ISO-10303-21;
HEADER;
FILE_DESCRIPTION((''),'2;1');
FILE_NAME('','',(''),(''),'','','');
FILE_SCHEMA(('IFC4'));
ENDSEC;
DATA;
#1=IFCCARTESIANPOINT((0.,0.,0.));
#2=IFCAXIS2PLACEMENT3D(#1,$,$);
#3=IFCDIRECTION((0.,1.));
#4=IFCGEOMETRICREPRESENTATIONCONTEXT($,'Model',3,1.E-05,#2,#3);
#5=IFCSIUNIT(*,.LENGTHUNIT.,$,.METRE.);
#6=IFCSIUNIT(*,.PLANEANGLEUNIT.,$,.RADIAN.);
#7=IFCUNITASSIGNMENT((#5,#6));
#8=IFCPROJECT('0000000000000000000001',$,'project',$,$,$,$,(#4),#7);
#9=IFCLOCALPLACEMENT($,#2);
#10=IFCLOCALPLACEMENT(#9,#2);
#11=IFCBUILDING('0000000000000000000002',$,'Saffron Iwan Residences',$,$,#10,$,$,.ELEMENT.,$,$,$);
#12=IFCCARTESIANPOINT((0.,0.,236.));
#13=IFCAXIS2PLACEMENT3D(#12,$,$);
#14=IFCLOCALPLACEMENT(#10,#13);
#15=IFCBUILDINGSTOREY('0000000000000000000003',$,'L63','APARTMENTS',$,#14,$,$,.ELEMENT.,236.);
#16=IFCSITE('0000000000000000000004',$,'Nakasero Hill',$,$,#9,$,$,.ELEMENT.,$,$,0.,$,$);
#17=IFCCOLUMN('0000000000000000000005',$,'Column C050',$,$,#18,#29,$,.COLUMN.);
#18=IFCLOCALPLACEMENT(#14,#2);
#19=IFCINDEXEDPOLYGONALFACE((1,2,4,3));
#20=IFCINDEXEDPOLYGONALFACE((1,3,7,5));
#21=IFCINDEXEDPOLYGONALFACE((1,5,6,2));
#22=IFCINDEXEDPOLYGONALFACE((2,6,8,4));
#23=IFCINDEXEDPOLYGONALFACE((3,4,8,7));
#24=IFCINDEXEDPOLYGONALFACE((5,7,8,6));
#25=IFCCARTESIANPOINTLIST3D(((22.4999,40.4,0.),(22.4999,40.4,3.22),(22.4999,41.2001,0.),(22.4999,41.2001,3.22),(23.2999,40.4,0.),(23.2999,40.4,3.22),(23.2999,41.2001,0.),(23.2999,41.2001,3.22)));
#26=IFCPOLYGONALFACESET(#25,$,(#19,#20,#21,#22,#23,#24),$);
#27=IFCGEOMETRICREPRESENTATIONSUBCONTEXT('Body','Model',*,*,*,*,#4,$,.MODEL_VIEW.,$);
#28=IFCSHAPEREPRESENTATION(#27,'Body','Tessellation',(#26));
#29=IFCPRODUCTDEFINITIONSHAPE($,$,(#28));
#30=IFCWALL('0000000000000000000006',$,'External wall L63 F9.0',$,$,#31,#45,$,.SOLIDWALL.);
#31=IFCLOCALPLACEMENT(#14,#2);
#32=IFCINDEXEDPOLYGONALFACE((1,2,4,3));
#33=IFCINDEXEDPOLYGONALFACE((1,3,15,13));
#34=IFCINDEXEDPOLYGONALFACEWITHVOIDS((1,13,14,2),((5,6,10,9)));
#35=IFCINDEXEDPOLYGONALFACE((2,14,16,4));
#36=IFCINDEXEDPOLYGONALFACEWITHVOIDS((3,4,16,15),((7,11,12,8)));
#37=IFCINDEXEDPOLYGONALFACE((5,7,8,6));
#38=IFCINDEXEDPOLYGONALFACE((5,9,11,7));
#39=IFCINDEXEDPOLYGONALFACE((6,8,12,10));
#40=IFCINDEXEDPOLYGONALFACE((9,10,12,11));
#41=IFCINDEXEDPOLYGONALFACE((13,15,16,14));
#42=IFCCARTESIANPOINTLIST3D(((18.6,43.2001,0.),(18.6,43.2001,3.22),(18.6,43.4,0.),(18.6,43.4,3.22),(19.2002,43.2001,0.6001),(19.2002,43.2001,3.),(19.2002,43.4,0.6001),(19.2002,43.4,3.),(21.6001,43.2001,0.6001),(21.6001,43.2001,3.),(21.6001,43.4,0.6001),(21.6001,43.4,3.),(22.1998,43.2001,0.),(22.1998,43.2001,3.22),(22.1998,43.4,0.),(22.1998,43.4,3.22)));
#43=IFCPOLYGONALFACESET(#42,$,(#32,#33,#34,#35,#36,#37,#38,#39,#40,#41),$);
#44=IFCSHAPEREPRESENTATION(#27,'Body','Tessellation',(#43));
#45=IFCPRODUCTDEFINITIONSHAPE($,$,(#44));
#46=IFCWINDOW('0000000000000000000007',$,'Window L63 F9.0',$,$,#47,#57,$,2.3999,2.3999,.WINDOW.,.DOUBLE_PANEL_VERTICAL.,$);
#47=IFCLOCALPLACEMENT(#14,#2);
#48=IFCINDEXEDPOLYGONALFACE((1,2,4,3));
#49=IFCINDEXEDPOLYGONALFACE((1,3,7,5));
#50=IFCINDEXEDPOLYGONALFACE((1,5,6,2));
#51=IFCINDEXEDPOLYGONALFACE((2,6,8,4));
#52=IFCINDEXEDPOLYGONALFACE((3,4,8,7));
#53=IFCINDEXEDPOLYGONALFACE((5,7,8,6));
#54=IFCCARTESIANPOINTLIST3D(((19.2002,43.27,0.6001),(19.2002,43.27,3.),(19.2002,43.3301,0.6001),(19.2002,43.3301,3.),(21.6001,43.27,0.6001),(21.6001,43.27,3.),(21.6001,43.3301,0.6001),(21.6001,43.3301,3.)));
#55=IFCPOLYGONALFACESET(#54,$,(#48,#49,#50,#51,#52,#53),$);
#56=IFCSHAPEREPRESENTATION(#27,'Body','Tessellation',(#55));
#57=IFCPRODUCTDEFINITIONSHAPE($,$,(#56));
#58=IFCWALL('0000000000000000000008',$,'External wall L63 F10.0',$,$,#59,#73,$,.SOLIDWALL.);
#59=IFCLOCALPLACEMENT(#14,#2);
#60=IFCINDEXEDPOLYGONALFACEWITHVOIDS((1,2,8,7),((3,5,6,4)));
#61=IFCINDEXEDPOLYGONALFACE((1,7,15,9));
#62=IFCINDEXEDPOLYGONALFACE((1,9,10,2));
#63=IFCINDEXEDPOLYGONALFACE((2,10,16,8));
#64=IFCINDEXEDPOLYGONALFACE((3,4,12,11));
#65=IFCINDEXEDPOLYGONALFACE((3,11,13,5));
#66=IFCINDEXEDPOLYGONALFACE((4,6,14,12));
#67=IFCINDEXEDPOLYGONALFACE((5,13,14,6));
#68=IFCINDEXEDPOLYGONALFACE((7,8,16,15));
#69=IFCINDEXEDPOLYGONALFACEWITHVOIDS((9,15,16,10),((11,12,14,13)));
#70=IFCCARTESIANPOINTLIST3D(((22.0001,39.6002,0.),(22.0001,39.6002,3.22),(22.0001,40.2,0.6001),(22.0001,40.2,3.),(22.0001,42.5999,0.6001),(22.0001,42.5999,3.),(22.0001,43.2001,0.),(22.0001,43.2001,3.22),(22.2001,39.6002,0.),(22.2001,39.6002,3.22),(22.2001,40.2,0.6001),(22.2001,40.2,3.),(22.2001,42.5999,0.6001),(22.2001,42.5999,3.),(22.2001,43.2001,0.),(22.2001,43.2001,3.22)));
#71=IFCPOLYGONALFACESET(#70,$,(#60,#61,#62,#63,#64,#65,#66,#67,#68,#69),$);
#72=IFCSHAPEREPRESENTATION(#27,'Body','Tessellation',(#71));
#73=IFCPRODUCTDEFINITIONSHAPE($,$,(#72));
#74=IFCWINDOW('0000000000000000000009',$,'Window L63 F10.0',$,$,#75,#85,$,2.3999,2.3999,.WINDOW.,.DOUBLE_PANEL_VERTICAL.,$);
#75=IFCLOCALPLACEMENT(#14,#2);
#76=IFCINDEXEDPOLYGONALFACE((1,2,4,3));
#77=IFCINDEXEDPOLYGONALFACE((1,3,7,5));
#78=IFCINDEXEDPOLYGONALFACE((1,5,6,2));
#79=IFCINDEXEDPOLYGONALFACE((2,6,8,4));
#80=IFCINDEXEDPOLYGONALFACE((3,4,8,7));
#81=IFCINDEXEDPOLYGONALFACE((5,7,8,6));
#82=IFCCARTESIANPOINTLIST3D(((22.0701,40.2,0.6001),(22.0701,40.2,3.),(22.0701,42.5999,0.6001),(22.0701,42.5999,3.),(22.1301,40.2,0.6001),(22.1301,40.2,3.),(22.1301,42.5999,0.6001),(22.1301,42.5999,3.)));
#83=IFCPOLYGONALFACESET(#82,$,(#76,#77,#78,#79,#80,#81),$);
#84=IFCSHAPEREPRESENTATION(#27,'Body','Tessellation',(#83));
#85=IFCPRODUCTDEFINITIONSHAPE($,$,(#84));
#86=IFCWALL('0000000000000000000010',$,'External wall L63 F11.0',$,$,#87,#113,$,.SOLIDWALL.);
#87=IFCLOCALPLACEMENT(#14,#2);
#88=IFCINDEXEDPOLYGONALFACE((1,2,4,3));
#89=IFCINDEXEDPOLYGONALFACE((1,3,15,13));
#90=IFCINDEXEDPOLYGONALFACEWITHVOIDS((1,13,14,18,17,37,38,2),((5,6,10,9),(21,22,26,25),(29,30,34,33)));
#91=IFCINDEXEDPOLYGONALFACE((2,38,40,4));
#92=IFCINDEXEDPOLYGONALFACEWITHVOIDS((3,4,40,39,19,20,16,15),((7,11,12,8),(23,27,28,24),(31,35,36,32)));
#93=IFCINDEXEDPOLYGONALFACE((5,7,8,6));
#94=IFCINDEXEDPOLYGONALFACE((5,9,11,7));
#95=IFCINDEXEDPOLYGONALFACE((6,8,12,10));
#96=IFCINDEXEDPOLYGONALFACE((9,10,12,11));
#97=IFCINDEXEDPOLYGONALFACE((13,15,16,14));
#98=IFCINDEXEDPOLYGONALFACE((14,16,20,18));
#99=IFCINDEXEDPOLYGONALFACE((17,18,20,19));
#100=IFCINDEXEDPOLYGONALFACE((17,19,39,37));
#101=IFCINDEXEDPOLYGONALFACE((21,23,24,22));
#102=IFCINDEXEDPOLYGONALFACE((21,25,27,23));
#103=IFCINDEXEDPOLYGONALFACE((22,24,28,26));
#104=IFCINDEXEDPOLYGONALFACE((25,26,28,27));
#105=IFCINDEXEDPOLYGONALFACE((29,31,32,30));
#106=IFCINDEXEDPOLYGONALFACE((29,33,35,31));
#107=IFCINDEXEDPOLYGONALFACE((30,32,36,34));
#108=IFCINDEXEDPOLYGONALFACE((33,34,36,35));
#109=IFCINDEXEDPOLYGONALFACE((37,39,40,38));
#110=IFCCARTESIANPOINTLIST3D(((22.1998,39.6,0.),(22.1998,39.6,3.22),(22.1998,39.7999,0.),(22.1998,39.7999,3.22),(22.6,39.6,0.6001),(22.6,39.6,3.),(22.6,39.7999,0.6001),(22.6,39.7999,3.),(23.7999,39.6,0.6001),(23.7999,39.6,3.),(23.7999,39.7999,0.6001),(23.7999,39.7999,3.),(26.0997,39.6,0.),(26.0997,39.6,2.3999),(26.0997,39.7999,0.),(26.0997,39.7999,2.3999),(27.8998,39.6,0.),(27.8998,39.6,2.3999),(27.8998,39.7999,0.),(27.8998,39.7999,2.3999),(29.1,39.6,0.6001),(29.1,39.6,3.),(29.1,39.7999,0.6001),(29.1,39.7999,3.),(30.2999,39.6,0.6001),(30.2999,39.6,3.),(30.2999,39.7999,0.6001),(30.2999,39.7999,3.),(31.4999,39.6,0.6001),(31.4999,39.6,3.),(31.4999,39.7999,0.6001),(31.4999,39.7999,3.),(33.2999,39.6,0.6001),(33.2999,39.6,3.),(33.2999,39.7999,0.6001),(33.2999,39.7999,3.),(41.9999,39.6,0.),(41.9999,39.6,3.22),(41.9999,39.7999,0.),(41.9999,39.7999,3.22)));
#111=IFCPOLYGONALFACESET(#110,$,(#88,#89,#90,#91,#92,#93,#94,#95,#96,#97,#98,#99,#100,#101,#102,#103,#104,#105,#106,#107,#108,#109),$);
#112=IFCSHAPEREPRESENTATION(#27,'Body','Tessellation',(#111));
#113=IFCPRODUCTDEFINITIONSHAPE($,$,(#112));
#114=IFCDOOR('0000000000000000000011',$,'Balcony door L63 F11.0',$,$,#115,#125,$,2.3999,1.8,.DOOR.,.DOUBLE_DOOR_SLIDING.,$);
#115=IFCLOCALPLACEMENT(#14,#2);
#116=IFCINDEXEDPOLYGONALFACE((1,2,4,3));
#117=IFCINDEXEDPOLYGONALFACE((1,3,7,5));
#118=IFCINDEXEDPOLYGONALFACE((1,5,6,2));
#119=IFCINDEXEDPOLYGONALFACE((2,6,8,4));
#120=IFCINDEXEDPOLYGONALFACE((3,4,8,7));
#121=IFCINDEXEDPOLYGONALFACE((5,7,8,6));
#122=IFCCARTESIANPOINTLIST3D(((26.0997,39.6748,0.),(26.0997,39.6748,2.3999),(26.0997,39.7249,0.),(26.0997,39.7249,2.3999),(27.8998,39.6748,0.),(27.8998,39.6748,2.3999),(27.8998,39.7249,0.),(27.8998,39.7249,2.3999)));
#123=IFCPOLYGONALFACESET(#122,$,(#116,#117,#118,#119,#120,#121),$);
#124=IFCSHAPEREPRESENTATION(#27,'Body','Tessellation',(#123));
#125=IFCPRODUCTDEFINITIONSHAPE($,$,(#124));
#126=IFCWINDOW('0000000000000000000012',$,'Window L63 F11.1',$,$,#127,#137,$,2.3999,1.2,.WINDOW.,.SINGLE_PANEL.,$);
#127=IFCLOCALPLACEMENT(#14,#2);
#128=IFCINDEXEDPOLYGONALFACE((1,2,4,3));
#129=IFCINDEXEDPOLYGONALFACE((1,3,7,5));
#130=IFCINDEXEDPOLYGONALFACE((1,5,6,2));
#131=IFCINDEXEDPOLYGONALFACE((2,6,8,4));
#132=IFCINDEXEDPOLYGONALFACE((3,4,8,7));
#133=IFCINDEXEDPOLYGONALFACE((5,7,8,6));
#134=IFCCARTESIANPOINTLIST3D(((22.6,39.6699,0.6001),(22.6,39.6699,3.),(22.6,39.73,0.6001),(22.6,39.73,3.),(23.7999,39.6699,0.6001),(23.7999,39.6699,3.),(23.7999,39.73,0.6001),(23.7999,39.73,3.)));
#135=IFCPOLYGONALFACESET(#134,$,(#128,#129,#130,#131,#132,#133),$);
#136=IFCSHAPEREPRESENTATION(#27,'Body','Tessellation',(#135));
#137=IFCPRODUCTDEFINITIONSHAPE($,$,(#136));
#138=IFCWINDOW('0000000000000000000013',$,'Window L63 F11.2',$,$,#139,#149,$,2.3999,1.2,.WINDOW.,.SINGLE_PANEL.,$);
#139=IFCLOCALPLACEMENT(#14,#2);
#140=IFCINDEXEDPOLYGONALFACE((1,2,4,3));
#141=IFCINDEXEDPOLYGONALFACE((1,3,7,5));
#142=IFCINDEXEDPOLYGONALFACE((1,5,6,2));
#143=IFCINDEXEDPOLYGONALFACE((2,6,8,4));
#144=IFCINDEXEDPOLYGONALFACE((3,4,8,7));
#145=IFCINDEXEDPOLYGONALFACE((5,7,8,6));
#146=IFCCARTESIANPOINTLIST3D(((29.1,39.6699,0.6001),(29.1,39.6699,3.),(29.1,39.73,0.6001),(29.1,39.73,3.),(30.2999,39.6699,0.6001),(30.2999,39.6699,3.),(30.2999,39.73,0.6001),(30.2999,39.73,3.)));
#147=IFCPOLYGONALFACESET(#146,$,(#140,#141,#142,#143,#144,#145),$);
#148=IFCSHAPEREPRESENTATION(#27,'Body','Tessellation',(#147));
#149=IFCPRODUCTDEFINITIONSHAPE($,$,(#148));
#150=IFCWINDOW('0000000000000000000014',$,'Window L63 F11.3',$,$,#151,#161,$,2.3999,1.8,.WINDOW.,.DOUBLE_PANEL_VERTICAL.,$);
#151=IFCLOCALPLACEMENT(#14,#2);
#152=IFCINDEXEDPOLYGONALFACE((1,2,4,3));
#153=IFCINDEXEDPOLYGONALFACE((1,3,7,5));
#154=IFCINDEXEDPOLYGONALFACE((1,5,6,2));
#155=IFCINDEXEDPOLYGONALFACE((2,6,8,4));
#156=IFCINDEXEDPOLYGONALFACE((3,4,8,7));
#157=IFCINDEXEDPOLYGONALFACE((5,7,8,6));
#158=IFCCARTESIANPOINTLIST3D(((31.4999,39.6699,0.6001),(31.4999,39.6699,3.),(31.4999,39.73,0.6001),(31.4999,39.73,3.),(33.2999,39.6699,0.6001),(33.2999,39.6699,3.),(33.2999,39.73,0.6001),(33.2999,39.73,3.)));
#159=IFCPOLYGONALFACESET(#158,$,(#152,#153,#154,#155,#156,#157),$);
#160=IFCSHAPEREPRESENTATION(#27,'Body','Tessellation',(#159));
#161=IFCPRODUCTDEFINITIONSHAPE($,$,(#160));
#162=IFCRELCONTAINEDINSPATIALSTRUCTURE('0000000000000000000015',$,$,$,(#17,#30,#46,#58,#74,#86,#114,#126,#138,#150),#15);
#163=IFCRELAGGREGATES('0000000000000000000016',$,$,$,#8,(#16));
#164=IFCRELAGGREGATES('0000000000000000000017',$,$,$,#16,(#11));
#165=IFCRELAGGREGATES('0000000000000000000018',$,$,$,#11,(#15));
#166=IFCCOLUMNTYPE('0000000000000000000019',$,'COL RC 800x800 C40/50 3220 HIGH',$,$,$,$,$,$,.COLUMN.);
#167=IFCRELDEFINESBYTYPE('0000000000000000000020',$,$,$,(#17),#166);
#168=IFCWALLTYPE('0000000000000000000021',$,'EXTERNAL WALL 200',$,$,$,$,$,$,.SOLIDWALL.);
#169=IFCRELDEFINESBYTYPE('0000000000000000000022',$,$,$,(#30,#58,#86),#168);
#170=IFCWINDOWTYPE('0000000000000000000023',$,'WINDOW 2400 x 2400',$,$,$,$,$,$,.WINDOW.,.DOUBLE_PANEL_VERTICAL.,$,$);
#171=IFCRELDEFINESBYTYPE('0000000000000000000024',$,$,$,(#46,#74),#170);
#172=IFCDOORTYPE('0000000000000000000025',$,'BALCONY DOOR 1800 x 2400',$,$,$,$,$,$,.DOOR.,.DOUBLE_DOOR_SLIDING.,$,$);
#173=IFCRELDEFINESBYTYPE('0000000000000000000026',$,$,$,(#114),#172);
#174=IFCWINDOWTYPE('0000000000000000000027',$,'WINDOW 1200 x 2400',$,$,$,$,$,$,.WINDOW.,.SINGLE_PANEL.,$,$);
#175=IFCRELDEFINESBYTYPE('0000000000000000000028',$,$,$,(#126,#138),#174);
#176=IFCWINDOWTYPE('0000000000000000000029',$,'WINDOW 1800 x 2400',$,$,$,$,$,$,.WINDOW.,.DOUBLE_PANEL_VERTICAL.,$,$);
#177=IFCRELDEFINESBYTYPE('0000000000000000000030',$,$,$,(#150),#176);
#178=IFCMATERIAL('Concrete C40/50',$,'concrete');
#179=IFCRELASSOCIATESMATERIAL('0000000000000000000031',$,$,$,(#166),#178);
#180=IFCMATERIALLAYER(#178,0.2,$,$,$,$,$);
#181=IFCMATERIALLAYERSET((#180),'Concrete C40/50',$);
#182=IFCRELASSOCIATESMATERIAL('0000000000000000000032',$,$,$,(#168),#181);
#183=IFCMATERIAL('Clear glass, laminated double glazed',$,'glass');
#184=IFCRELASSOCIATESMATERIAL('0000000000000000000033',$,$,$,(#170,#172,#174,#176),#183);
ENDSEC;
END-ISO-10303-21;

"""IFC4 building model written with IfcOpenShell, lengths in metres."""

from ifc_helpers import new_model, si_unit, direction, frame, frame_2d, origin, origin_2d, place, context, subcontext, project, spatial, rectangle, extrude, source, transform, mapped, material, layer, layer_set, material_profile, profile_set, type_object, element, fill, save


model = new_model("IFC4")

# Units and contexts
model_context = context("Model", 3, precision=1e-05, world=origin(), true_north=direction((0.0, 1.0)))
body_context = subcontext(model_context, "Body", "Model", "MODEL_VIEW")
ifc_project = project(units=[si_unit("LENGTHUNIT", "METRE"), si_unit("PLANEANGLEUNIT", "RADIAN")], contexts=[model_context])

# Site, building, storey
site_placement = place(None, origin())
site = spatial("IfcSite", under=ifc_project, at=site_placement, Name="Nakasero Hill", CompositionType="ELEMENT", RefElevation=0.0)
building_placement = place(site_placement, origin())
building = spatial("IfcBuilding", under=site, at=building_placement, Name="Saffron Iwan Residences", CompositionType="ELEMENT")
storey_placement = place(building_placement, frame((0.0, 0.0, 236.0)))
storey = spatial("IfcBuildingStorey", under=building, at=storey_placement, Name="L63", Description="APARTMENTS", CompositionType="ELEMENT", Elevation=236.0)

# Column
ifc_material_1 = material(Name="Concrete C40/50", Category="concrete")
ifc_material_profile = material_profile(ifc_material_1, rectangle(XDim=0.8, YDim=0.8, at=origin_2d()), Name="RC 800x800")
ifc_profile_set = profile_set([ifc_material_profile], Name="Concrete C40/50")
column_type = type_object("IfcColumnType", Name="COL RC 800x800 C40/50 3220 HIGH", PredefinedType="COLUMN", material=ifc_profile_set)
shared_shape = source(origin(), body_context, "Body", "SweptSolid", [
    extrude(rectangle(XDim=0.8, YDim=0.8, at=origin_2d()), origin(), (0.0, 0.0, 1.0), 3.22),
])
column_placement = place(storey_placement, frame((22.8999, 40.8, 0.0), z_axis=(0.0, 0.0, 1.0), x_axis=(1.0, 0.0, 0.0)))
element("IfcColumn", 1, at=column_placement, inside=storey, type_object=column_type, Name="Column C050", PredefinedType="COLUMN", context=body_context, shape_type="MappedRepresentation", body=[
    mapped(shared_shape, transform((0.0, 0.0, 0.0))),
])

# Walls, openings, windows
ifc_layer_1 = layer(ifc_material_1, 0.2)
ifc_layer_set_1 = layer_set([ifc_layer_1], Name="Concrete C40/50")
wall_type_1 = type_object("IfcWallType", Name="EXTERNAL WALL 200", PredefinedType="SOLIDWALL", material=ifc_layer_set_1)
wall_1_placement = place(storey_placement, frame((18.6001, 43.3, 0.0), z_axis=(0.0, 0.0, 1.0), x_axis=(1.0, 0.0, 0.0)))
wall_1 = element("IfcWall", 2, at=wall_1_placement, inside=storey, type_object=wall_type_1, Name="External wall L63 F9.0", PredefinedType="SOLIDWALL", context=body_context, shape_type="SweptSolid", body=[
    extrude(rectangle(XDim=3.5999, YDim=0.2, at=frame_2d((1.7998, 0.0))), origin(), (0.0, 0.0, 1.0), 3.22),
])
opening_1_placement = place(wall_1_placement, frame((0.6001, 0.0, 0.6001)))
opening_1 = element("IfcOpeningElement", 3, at=opening_1_placement, cuts=wall_1, PredefinedType="OPENING", context=body_context, shape_type="SweptSolid", body=[
    extrude(rectangle(XDim=2.3999, YDim=2.3999, at=frame_2d((1.2, 1.2))), frame((0.0, 0.1099, 0.0), z_axis=(0.0, -1.0, 0.0), x_axis=(1.0, 0.0, 0.0)), (0.0, 0.0, 1.0), 0.22),
])
ifc_material_2 = material(Name="Clear glass, laminated double glazed", Category="glass")
window_type_1 = type_object("IfcWindowType", Name="WINDOW 2400 x 2400", PartitioningType="DOUBLE_PANEL_VERTICAL", PredefinedType="WINDOW", material=ifc_material_2)
window_1_placement = place(opening_1_placement, origin())
window_1 = element("IfcWindow", 4, at=window_1_placement, inside=storey, type_object=window_type_1, Name="Window L63 F9.0", OverallHeight=2.3999, OverallWidth=2.3999, PartitioningType="DOUBLE_PANEL_VERTICAL", PredefinedType="WINDOW", context=body_context, shape_type="SweptSolid", body=[
    extrude(rectangle(XDim=2.3999, YDim=2.3999, at=frame_2d((1.2, 1.2))), frame((0.0, 0.03, 0.0), z_axis=(0.0, -1.0, 0.0), x_axis=(1.0, 0.0, 0.0)), (0.0, 0.0, 1.0), 0.0601),
])
fill(opening_1, window_1)
wall_2_placement = place(storey_placement, frame((22.1001, 43.2, 0.0), z_axis=(0.0, 0.0, 1.0), x_axis=(0.0, -1.0, 0.0)))
wall_2 = element("IfcWall", 5, at=wall_2_placement, inside=storey, type_object=wall_type_1, Name="External wall L63 F10.0", PredefinedType="SOLIDWALL", context=body_context, shape_type="SweptSolid", body=[
    extrude(rectangle(XDim=3.5999, YDim=0.2, at=frame_2d((1.7998, 0.0))), origin(), (0.0, 0.0, 1.0), 3.22),
])
opening_2_placement = place(wall_2_placement, frame((0.6001, 0.0, 0.6001)))
opening_2 = element("IfcOpeningElement", 6, at=opening_2_placement, cuts=wall_2, PredefinedType="OPENING", context=body_context, shape_type="SweptSolid", body=[
    extrude(rectangle(XDim=2.3999, YDim=2.3999, at=frame_2d((1.2, 1.2))), frame((0.0, 0.1099, 0.0), z_axis=(0.0, -1.0, 0.0), x_axis=(1.0, 0.0, 0.0)), (0.0, 0.0, 1.0), 0.22),
])
window_2_placement = place(opening_2_placement, origin())
window_2 = element("IfcWindow", 7, at=window_2_placement, inside=storey, type_object=window_type_1, Name="Window L63 F10.0", OverallHeight=2.3999, OverallWidth=2.3999, PartitioningType="DOUBLE_PANEL_VERTICAL", PredefinedType="WINDOW", context=body_context, shape_type="SweptSolid", body=[
    extrude(rectangle(XDim=2.3999, YDim=2.3999, at=frame_2d((1.2, 1.2))), frame((0.0, 0.03, 0.0), z_axis=(0.0, -1.0, 0.0), x_axis=(1.0, 0.0, 0.0)), (0.0, 0.0, 1.0), 0.0601),
])
fill(opening_2, window_2)

# Wall, openings, door, windows
wall_3_placement = place(storey_placement, frame((22.2, 39.7, 0.0), z_axis=(0.0, 0.0, 1.0), x_axis=(1.0, 0.0, 0.0)))
wall_3 = element("IfcWall", 8, at=wall_3_placement, inside=storey, type_object=wall_type_1, Name="External wall L63 F11.0", PredefinedType="SOLIDWALL", context=body_context, shape_type="SweptSolid", body=[
    extrude(rectangle(XDim=19.8, YDim=0.2, at=frame_2d((9.8999, 0.0))), origin(), (0.0, 0.0, 1.0), 3.22),
])
opening_3_placement = place(wall_3_placement, frame((3.8999, 0.0, 0.0)))
opening_3 = element("IfcOpeningElement", 9, at=opening_3_placement, cuts=wall_3, PredefinedType="OPENING", context=body_context, shape_type="SweptSolid", body=[
    extrude(rectangle(XDim=1.8, YDim=2.3999, at=frame_2d((0.8999, 1.2))), frame((0.0, 0.1099, 0.0), z_axis=(0.0, -1.0, 0.0), x_axis=(1.0, 0.0, 0.0)), (0.0, 0.0, 1.0), 0.22),
])
opening_4_placement = place(wall_3_placement, frame((0.3999, 0.0, 0.6001)))
opening_4 = element("IfcOpeningElement", 10, at=opening_4_placement, cuts=wall_3, PredefinedType="OPENING", context=body_context, shape_type="SweptSolid", body=[
    extrude(rectangle(XDim=1.2, YDim=2.3999, at=frame_2d((0.6001, 1.2))), frame((0.0, 0.1099, 0.0), z_axis=(0.0, -1.0, 0.0), x_axis=(1.0, 0.0, 0.0)), (0.0, 0.0, 1.0), 0.22),
])
opening_5_placement = place(wall_3_placement, frame((6.8999, 0.0, 0.6001)))
opening_5 = element("IfcOpeningElement", 11, at=opening_5_placement, cuts=wall_3, PredefinedType="OPENING", context=body_context, shape_type="SweptSolid", body=[
    extrude(rectangle(XDim=1.2, YDim=2.3999, at=frame_2d((0.6001, 1.2))), frame((0.0, 0.1099, 0.0), z_axis=(0.0, -1.0, 0.0), x_axis=(1.0, 0.0, 0.0)), (0.0, 0.0, 1.0), 0.22),
])
opening_6_placement = place(wall_3_placement, frame((9.3, 0.0, 0.6001)))
opening_6 = element("IfcOpeningElement", 12, at=opening_6_placement, cuts=wall_3, PredefinedType="OPENING", context=body_context, shape_type="SweptSolid", body=[
    extrude(rectangle(XDim=1.8, YDim=2.3999, at=frame_2d((0.8999, 1.2))), frame((0.0, 0.1099, 0.0), z_axis=(0.0, -1.0, 0.0), x_axis=(1.0, 0.0, 0.0)), (0.0, 0.0, 1.0), 0.22),
])
door_type_1 = type_object("IfcDoorType", Name="BALCONY DOOR 1800 x 2400", OperationType="DOUBLE_DOOR_SLIDING", PredefinedType="DOOR", material=ifc_material_2)
door_1_placement = place(opening_3_placement, origin())
door_1 = element("IfcDoor", 13, at=door_1_placement, inside=storey, type_object=door_type_1, Name="Balcony door L63 F11.0", OperationType="DOUBLE_DOOR_SLIDING", OverallHeight=2.3999, OverallWidth=1.8, PredefinedType="DOOR", context=body_context, shape_type="SweptSolid", body=[
    extrude(rectangle(XDim=1.8, YDim=2.3999, at=frame_2d((0.8999, 1.2))), frame((0.0, 0.0249, 0.0), z_axis=(0.0, -1.0, 0.0), x_axis=(1.0, 0.0, 0.0)), (0.0, 0.0, 1.0), 0.05),
])
fill(opening_3, door_1)
window_type_2 = type_object("IfcWindowType", Name="WINDOW 1200 x 2400", PartitioningType="SINGLE_PANEL", PredefinedType="WINDOW", material=ifc_material_2)
window_3_placement = place(opening_4_placement, origin())
window_3 = element("IfcWindow", 14, at=window_3_placement, inside=storey, type_object=window_type_2, Name="Window L63 F11.1", OverallHeight=2.3999, OverallWidth=1.2, PartitioningType="SINGLE_PANEL", PredefinedType="WINDOW", context=body_context, shape_type="SweptSolid", body=[
    extrude(rectangle(XDim=1.2, YDim=2.3999, at=frame_2d((0.6001, 1.2))), frame((0.0, 0.03, 0.0), z_axis=(0.0, -1.0, 0.0), x_axis=(1.0, 0.0, 0.0)), (0.0, 0.0, 1.0), 0.0601),
])
fill(opening_4, window_3)
window_4_placement = place(opening_5_placement, origin())
window_4 = element("IfcWindow", 15, at=window_4_placement, inside=storey, type_object=window_type_2, Name="Window L63 F11.2", OverallHeight=2.3999, OverallWidth=1.2, PartitioningType="SINGLE_PANEL", PredefinedType="WINDOW", context=body_context, shape_type="SweptSolid", body=[
    extrude(rectangle(XDim=1.2, YDim=2.3999, at=frame_2d((0.6001, 1.2))), frame((0.0, 0.03, 0.0), z_axis=(0.0, -1.0, 0.0), x_axis=(1.0, 0.0, 0.0)), (0.0, 0.0, 1.0), 0.0601),
])
fill(opening_5, window_4)
window_type_3 = type_object("IfcWindowType", Name="WINDOW 1800 x 2400", PartitioningType="DOUBLE_PANEL_VERTICAL", PredefinedType="WINDOW", material=ifc_material_2)
window_5_placement = place(opening_6_placement, origin())
window_5 = element("IfcWindow", 16, at=window_5_placement, inside=storey, type_object=window_type_3, Name="Window L63 F11.3", OverallHeight=2.3999, OverallWidth=1.8, PartitioningType="DOUBLE_PANEL_VERTICAL", PredefinedType="WINDOW", context=body_context, shape_type="SweptSolid", body=[
    extrude(rectangle(XDim=1.8, YDim=2.3999, at=frame_2d((0.8999, 1.2))), frame((0.0, 0.03, 0.0), z_axis=(0.0, -1.0, 0.0), x_axis=(1.0, 0.0, 0.0)), (0.0, 0.0, 1.0), 0.0601),
])
fill(opening_6, window_5)

save(model, "model.ifc")
